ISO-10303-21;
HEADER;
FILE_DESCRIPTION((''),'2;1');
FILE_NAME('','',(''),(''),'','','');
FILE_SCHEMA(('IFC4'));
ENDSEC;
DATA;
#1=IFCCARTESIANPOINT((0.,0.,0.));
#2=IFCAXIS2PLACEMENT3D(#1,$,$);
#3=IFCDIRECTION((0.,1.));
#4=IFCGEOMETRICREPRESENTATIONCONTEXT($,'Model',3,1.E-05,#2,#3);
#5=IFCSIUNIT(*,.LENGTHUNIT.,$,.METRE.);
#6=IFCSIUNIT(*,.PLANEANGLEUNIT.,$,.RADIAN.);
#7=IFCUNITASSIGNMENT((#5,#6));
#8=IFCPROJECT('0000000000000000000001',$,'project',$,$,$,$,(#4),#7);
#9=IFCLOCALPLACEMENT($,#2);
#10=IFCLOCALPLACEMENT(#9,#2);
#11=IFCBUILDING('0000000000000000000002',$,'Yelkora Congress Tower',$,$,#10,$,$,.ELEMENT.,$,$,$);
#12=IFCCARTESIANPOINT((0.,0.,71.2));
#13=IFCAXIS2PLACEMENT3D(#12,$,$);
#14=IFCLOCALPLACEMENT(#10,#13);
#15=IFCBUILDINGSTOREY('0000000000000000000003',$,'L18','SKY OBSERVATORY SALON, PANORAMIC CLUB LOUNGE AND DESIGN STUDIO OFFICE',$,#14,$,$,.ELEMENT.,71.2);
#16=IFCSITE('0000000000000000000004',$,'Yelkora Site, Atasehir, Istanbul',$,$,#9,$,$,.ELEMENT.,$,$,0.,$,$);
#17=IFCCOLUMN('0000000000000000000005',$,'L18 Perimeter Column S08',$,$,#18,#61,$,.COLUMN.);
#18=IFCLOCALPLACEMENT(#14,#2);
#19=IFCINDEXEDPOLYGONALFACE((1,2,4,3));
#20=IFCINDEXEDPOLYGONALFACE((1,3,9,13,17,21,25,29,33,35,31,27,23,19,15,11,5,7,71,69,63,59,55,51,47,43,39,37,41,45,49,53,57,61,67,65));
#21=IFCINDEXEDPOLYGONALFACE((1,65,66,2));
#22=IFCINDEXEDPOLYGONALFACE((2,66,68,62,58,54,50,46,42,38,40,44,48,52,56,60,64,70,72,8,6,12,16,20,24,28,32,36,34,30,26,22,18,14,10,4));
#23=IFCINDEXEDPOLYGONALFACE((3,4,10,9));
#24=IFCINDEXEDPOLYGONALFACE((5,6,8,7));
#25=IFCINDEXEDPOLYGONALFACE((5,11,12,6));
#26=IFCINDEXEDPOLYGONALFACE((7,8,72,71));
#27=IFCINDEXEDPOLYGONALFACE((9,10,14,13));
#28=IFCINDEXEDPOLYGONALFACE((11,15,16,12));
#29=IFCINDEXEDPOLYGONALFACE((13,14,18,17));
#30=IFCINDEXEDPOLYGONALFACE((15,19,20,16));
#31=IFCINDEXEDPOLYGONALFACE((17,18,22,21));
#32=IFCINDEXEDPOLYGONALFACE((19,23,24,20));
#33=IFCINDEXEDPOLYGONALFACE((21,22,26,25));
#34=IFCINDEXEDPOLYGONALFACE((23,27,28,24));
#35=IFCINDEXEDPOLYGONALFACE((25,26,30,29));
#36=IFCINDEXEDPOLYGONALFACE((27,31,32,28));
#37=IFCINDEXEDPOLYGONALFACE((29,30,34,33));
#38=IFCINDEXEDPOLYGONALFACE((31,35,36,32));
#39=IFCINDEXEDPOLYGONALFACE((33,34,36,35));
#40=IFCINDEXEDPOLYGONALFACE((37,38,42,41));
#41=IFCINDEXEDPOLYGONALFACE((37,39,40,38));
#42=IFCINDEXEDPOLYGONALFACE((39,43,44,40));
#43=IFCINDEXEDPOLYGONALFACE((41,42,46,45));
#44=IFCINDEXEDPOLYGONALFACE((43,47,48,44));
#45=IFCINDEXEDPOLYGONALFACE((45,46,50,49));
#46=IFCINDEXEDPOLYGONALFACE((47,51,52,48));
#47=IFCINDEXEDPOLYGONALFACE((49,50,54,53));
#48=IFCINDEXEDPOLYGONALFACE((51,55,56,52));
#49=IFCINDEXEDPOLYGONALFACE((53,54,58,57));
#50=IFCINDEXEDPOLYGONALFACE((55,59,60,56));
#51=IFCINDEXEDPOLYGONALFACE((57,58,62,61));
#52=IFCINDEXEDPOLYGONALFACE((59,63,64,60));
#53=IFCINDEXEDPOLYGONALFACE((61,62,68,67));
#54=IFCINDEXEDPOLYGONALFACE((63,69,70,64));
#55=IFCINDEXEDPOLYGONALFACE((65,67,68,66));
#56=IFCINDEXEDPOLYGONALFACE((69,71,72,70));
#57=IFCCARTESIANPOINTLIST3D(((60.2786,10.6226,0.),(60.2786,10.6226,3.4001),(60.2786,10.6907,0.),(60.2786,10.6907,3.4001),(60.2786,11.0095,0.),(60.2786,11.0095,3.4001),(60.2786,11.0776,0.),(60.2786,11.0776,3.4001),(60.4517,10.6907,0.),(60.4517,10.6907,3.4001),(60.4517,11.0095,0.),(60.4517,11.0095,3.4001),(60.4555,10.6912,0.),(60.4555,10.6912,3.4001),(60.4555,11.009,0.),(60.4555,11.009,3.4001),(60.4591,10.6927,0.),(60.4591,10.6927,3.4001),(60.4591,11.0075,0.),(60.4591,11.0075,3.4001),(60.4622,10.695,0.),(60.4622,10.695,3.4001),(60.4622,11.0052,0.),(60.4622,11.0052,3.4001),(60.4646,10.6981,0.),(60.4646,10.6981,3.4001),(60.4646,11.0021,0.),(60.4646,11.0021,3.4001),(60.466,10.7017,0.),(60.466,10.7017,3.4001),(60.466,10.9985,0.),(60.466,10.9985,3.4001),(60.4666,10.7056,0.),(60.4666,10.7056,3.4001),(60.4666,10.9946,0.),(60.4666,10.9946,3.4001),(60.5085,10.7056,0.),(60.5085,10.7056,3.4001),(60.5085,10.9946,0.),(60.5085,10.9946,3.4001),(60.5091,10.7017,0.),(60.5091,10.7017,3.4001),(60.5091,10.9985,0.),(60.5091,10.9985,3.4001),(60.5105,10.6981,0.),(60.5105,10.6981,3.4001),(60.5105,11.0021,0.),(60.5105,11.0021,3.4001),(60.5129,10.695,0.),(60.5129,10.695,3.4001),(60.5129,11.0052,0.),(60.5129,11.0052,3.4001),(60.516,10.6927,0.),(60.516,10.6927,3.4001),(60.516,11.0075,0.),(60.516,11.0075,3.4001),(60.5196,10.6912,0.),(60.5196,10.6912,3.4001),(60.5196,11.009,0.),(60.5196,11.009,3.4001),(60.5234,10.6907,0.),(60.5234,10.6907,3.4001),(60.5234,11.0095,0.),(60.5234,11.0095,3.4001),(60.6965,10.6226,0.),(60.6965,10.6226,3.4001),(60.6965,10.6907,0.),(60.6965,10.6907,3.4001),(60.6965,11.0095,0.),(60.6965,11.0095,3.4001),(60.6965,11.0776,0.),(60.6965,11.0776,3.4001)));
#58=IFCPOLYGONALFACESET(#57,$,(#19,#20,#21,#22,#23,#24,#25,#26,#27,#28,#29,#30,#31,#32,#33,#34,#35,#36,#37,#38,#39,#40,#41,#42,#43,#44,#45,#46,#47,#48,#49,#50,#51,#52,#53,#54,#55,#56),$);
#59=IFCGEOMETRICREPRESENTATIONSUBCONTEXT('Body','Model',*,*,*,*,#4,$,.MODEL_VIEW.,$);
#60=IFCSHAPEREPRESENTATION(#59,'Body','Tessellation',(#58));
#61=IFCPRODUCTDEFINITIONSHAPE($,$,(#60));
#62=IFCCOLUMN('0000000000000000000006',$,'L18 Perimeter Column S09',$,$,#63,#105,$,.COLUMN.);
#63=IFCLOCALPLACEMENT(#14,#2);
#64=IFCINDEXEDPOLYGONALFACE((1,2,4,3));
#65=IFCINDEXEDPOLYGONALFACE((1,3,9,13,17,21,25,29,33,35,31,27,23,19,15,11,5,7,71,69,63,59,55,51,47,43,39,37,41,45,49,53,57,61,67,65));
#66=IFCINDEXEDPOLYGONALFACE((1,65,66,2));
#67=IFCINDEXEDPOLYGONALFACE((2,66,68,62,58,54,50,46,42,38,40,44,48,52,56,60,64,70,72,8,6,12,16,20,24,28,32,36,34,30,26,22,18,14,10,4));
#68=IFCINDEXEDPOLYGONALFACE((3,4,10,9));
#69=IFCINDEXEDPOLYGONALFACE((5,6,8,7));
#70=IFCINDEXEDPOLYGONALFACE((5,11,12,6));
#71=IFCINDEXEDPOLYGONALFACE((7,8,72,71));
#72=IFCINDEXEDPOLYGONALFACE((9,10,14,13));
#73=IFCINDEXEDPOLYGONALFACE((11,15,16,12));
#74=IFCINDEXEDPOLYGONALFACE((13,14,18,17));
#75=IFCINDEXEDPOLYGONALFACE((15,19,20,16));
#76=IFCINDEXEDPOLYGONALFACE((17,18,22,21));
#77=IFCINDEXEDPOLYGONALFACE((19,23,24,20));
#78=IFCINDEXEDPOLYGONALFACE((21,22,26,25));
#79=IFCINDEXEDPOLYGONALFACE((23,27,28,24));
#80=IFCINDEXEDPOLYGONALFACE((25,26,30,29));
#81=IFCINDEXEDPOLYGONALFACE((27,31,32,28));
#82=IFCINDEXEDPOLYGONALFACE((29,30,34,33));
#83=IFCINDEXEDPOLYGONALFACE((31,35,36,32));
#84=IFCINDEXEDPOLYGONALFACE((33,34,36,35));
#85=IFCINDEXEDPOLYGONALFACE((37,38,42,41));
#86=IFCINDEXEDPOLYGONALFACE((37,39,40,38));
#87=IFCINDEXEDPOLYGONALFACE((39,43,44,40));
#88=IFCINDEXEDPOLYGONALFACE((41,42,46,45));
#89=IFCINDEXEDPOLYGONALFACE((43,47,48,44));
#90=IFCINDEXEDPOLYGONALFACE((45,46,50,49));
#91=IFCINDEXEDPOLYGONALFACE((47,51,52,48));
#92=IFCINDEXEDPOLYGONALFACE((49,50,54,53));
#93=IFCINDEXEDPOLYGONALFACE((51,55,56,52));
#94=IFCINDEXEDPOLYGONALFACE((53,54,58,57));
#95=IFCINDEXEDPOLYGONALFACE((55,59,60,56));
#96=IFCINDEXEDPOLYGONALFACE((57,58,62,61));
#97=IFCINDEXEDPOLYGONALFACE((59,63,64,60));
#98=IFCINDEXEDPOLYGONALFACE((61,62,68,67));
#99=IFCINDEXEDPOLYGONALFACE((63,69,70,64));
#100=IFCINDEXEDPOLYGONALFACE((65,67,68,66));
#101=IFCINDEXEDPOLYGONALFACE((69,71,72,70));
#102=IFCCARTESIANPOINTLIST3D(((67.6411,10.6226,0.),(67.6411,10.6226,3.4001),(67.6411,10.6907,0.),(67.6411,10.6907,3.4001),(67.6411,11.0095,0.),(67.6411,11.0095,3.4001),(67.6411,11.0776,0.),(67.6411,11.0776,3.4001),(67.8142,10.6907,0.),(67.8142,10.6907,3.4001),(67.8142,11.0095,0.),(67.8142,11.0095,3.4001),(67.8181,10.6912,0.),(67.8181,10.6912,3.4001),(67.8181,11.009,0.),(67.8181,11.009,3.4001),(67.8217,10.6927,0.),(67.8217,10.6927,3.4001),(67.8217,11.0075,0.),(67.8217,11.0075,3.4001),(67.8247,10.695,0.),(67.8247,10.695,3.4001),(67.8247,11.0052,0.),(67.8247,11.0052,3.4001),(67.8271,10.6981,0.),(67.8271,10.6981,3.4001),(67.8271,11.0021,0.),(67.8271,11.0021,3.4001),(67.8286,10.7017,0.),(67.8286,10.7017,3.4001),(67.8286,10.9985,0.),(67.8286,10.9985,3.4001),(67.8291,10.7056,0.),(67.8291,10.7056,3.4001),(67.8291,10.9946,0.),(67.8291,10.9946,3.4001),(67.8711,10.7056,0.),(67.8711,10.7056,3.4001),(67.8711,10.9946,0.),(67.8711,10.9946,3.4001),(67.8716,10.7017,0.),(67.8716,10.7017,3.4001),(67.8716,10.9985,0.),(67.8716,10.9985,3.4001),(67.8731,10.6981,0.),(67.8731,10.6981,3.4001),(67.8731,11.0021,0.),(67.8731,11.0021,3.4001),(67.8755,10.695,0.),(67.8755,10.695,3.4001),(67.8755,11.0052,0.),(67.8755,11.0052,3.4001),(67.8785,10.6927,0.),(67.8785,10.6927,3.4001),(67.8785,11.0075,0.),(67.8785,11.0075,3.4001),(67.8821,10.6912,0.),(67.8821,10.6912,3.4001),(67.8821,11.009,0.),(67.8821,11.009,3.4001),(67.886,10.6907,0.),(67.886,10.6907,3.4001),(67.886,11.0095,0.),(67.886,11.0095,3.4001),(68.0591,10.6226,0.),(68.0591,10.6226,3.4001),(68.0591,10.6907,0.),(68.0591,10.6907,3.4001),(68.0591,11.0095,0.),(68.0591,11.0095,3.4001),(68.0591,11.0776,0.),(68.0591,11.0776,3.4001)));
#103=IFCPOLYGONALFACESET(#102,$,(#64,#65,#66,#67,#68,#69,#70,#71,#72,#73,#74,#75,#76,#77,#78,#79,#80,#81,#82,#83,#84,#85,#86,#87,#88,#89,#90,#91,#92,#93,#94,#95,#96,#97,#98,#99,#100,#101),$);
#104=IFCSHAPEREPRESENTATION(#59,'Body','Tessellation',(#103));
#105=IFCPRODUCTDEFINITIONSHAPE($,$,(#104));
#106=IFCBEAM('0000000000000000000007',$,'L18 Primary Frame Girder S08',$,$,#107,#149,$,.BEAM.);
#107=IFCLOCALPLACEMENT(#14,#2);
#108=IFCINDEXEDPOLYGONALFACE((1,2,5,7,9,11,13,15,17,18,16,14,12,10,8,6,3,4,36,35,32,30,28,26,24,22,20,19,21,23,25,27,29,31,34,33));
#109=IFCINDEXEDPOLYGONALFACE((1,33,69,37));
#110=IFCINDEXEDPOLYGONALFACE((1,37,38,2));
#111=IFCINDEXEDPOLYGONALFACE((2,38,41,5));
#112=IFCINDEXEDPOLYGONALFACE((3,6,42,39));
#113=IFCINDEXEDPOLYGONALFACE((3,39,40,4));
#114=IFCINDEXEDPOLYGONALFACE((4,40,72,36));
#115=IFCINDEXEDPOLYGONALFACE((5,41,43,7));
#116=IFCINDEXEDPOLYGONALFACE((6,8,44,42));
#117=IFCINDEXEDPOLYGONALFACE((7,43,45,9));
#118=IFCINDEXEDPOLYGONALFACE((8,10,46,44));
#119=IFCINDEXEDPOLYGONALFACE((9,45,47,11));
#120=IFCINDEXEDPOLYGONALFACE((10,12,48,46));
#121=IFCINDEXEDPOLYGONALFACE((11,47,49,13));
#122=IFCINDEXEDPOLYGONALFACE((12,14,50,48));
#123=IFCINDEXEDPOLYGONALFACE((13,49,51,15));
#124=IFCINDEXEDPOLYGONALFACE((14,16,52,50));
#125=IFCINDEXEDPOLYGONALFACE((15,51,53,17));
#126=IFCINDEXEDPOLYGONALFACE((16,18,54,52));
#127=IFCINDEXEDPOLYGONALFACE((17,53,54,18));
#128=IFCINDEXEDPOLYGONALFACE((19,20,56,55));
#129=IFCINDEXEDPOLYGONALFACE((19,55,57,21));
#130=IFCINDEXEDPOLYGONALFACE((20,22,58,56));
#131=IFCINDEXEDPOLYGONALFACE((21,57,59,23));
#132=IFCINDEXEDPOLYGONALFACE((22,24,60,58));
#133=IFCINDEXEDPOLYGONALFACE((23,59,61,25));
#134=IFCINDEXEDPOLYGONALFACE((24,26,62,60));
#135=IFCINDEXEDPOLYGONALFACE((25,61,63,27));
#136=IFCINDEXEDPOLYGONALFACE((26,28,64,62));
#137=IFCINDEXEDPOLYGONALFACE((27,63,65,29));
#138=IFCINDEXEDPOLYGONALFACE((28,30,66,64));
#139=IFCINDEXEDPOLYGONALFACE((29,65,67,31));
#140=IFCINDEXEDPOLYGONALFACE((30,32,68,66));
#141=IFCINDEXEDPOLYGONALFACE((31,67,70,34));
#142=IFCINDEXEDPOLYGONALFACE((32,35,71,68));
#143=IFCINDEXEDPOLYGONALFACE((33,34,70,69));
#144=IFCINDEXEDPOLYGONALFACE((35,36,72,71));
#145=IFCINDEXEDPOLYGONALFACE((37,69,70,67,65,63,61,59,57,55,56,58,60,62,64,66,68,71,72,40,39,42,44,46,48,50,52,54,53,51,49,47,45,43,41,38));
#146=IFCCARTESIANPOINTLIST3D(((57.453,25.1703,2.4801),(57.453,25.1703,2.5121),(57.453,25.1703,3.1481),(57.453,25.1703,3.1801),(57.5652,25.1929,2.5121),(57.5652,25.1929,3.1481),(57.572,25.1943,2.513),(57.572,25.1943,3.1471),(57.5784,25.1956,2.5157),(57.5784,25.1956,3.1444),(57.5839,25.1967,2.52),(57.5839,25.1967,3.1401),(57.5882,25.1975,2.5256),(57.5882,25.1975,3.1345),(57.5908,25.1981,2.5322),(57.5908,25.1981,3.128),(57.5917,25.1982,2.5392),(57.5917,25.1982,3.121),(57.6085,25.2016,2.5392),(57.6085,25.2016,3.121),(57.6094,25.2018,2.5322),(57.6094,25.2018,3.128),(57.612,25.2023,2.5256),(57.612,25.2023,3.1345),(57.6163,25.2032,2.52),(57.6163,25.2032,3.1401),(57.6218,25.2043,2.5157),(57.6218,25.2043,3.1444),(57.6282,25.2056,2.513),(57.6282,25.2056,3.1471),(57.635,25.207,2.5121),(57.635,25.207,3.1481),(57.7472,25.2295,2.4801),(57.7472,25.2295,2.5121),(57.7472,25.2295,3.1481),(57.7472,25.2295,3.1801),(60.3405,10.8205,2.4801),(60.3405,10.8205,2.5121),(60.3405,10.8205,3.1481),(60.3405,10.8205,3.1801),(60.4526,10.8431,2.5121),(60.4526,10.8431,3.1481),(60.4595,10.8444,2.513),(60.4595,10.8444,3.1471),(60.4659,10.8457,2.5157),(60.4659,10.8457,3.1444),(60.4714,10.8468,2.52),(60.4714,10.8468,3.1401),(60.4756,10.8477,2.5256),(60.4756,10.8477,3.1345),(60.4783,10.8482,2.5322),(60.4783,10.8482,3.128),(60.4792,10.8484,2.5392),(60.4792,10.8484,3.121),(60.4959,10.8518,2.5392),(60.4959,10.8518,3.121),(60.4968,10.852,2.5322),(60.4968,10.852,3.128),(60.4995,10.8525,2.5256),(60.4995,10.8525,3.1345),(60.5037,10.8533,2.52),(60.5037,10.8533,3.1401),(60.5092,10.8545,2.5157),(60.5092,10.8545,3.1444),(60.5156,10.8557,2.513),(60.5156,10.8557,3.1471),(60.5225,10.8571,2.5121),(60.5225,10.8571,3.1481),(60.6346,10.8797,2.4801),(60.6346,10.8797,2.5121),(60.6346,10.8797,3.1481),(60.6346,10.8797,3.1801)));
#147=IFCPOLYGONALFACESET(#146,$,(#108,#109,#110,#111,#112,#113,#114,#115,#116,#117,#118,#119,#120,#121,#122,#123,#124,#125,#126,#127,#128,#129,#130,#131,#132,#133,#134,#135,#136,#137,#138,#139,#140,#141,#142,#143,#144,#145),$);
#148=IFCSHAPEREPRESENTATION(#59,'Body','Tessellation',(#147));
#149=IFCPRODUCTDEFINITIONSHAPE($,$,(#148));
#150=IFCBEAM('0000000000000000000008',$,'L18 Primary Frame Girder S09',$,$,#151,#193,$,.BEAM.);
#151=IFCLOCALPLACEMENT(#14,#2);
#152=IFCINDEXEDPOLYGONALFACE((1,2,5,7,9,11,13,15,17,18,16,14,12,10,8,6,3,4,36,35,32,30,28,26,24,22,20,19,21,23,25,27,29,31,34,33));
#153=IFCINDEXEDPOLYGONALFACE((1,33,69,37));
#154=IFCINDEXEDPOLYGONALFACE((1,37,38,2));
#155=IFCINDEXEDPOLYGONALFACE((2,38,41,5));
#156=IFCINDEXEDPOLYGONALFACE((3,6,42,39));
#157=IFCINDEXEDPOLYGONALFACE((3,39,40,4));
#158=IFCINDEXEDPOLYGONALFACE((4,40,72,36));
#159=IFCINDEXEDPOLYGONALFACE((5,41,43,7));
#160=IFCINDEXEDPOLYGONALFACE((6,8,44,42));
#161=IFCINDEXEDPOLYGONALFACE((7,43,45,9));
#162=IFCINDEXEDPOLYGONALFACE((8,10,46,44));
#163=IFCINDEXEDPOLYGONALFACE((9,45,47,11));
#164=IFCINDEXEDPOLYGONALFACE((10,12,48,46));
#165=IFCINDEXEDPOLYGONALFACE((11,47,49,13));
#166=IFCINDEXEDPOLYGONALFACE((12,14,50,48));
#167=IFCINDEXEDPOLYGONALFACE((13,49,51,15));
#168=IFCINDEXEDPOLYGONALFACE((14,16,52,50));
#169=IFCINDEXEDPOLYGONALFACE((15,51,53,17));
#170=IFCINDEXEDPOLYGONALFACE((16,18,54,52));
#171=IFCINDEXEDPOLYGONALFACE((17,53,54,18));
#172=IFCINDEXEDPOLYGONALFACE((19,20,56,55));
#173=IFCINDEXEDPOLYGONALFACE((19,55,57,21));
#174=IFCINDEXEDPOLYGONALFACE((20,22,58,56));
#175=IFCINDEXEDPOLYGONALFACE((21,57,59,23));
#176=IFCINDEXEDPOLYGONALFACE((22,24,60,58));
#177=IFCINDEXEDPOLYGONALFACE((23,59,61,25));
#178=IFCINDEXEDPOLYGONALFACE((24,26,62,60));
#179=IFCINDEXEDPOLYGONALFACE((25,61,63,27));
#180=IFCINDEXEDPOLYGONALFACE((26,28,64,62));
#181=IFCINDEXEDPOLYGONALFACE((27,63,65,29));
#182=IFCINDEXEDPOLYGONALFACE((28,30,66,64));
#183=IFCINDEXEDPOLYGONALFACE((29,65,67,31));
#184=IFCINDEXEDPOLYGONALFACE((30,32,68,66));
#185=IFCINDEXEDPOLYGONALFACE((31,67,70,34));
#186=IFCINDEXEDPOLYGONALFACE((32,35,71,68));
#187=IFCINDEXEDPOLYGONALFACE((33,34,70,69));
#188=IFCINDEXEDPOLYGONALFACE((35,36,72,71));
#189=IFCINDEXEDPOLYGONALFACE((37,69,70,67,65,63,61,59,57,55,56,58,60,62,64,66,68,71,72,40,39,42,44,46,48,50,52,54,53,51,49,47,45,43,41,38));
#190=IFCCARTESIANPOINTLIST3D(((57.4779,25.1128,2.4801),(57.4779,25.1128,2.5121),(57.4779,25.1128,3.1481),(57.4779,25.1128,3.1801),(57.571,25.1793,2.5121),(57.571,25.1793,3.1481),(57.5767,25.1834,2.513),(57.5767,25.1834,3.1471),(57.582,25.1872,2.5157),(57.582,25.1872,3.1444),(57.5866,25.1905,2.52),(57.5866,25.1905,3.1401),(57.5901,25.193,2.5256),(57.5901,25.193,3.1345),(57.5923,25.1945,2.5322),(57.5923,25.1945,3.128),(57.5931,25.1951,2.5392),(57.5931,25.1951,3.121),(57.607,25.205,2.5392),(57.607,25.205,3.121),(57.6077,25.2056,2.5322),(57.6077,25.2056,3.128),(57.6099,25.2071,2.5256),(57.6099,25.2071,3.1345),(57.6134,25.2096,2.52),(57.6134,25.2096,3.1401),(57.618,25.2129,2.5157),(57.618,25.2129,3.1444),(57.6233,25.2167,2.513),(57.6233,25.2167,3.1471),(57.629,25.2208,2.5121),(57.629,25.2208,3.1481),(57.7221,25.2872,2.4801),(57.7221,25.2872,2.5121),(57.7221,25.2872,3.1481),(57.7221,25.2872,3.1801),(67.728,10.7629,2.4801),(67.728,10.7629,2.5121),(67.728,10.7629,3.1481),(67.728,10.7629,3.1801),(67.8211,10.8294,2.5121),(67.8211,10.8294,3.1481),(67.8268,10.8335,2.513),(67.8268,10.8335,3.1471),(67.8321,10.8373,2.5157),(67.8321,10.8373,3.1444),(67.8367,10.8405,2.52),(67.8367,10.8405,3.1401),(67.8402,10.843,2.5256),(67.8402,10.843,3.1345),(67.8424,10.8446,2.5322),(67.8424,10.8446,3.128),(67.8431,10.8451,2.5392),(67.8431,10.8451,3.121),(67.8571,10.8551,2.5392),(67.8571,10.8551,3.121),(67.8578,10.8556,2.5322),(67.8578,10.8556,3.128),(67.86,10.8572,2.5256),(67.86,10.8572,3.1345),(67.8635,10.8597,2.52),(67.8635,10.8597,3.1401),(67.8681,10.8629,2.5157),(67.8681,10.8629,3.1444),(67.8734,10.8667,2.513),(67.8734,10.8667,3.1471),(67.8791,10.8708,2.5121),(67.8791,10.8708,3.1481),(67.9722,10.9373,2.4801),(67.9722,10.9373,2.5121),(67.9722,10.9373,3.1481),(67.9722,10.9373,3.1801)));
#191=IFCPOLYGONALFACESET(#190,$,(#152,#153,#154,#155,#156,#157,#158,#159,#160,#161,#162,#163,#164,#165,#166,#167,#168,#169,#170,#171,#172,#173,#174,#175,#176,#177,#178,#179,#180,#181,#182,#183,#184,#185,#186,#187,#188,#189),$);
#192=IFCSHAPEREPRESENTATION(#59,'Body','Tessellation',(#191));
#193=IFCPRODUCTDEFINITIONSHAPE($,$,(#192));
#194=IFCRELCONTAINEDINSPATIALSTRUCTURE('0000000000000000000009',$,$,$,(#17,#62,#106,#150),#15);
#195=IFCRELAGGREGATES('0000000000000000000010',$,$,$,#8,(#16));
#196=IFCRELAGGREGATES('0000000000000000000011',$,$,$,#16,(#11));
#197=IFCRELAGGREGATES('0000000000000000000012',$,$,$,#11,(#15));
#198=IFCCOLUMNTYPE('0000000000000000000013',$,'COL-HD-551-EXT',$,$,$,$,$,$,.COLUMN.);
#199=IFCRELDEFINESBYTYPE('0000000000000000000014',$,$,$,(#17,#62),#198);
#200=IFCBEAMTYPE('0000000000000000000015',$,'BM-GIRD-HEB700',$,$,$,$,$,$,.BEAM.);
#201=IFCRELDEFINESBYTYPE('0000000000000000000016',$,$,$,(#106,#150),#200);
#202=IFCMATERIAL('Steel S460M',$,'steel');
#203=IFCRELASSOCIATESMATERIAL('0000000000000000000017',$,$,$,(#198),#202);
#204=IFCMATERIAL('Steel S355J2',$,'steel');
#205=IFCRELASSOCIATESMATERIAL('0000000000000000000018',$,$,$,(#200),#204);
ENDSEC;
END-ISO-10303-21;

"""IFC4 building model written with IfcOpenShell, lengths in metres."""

from ifc_helpers import new_model, si_unit, direction, frame, origin, origin_2d, place, context, subcontext, project, spatial, i_section, extrude, material, material_profile, profile_set, type_object, element, save


model = new_model("IFC4")

# Units and contexts
model_context = context("Model", 3, precision=1e-05, world=origin(), true_north=direction((0.0, 1.0)))
body_context = subcontext(model_context, "Body", "Model", "MODEL_VIEW")
ifc_project = project(units=[si_unit("LENGTHUNIT", "METRE"), si_unit("PLANEANGLEUNIT", "RADIAN")], contexts=[model_context])

# Site, building, storey
site_placement = place(None, origin())
site = spatial("IfcSite", under=ifc_project, at=site_placement, Name="Yelkora Site, Atasehir, Istanbul", CompositionType="ELEMENT", RefElevation=0.0)
building_placement = place(site_placement, origin())
building = spatial("IfcBuilding", under=site, at=building_placement, Name="Yelkora Congress Tower", CompositionType="ELEMENT")
storey_placement = place(building_placement, frame((0.0, 0.0, 71.2)))
storey = spatial("IfcBuildingStorey", under=building, at=storey_placement, Name="L18", Description="SKY OBSERVATORY SALON, PANORAMIC CLUB LOUNGE AND DESIGN STUDIO OFFICE", CompositionType="ELEMENT", Elevation=71.2)

# Columns
ifc_material_1 = material(Name="Steel S460M", Category="steel")
ifc_material_profile_1 = material_profile(ifc_material_1, i_section(OverallWidth=0.418, OverallDepth=0.4551, WebThickness=0.042, FlangeThickness=0.0681, FilletRadius=0.0149, at=origin_2d()), Name="HD 400x551")
ifc_profile_set_1 = profile_set([ifc_material_profile_1], Name="Steel S460M")
column_type = type_object("IfcColumnType", Name="COL-HD-551-EXT", PredefinedType="COLUMN", material=ifc_profile_set_1)
for number, where, z_axis, x_axis, name in (
    (1, (60.4875, 10.8501, 0.0), (0.0, 0.0, 1.0), (1.0, 0.0, 0.0), "L18 Perimeter Column S08"),
    (2, (67.8501, 10.8501, 0.0), (0.0, 0.0, 1.0), (1.0, 0.0, 0.0), "L18 Perimeter Column S09"),
):
    element("IfcColumn", number, at=place(storey_placement, frame(where, z_axis=z_axis, x_axis=x_axis)), inside=storey, type_object=column_type, Name=name, PredefinedType="COLUMN", context=body_context, shape_type="SweptSolid", body=[
        extrude(i_section(OverallWidth=0.418, OverallDepth=0.4551, WebThickness=0.042, FlangeThickness=0.0681, FilletRadius=0.0149, at=origin_2d()), origin(), (0.0, 0.0, 1.0), 3.4001),
    ])

# Beams
ifc_material_2 = material(Name="Steel S355J2", Category="steel")
ifc_material_profile_2 = material_profile(ifc_material_2, i_section(OverallWidth=0.3, OverallDepth=0.7, WebThickness=0.0171, FlangeThickness=0.032, FilletRadius=0.0271, at=origin_2d()), Name="HEB 700")
ifc_profile_set_2 = profile_set([ifc_material_profile_2], Name="Steel S355J2")
beam_type_1 = type_object("IfcBeamType", Name="BM-GIRD-HEB700", PredefinedType="BEAM", material=ifc_profile_set_2)
beam_1_placement = place(storey_placement, frame((60.4875, 10.8501, 2.8301), z_axis=(-0.197264, 0.98035, 0.0), x_axis=(-0.98035, -0.197264, 0.0)))
element("IfcBeam", 3, at=beam_1_placement, inside=storey, type_object=beam_type_1, Name="L18 Primary Frame Girder S08", PredefinedType="BEAM", context=body_context, shape_type="SweptSolid", body=[
    extrude(i_section(OverallWidth=0.3, OverallDepth=0.7, WebThickness=0.0171, FlangeThickness=0.032, FilletRadius=0.0271, at=origin_2d()), origin(), (0.0, 0.0, 1.0), 14.6375),
])
beam_2_placement = place(storey_placement, frame((67.8501, 10.8501, 2.8301), z_axis=(-0.581242, 0.813731, 0.0), x_axis=(-0.813731, -0.581242, 0.0)))
element("IfcBeam", 4, at=beam_2_placement, inside=storey, type_object=beam_type_1, Name="L18 Primary Frame Girder S09", PredefinedType="BEAM", context=body_context, shape_type="SweptSolid", body=[
    extrude(i_section(OverallWidth=0.3, OverallDepth=0.7, WebThickness=0.0171, FlangeThickness=0.032, FilletRadius=0.0271, at=origin_2d()), origin(), (0.0, 0.0, 1.0), 17.6348),
])

save(model, "model.ifc")
